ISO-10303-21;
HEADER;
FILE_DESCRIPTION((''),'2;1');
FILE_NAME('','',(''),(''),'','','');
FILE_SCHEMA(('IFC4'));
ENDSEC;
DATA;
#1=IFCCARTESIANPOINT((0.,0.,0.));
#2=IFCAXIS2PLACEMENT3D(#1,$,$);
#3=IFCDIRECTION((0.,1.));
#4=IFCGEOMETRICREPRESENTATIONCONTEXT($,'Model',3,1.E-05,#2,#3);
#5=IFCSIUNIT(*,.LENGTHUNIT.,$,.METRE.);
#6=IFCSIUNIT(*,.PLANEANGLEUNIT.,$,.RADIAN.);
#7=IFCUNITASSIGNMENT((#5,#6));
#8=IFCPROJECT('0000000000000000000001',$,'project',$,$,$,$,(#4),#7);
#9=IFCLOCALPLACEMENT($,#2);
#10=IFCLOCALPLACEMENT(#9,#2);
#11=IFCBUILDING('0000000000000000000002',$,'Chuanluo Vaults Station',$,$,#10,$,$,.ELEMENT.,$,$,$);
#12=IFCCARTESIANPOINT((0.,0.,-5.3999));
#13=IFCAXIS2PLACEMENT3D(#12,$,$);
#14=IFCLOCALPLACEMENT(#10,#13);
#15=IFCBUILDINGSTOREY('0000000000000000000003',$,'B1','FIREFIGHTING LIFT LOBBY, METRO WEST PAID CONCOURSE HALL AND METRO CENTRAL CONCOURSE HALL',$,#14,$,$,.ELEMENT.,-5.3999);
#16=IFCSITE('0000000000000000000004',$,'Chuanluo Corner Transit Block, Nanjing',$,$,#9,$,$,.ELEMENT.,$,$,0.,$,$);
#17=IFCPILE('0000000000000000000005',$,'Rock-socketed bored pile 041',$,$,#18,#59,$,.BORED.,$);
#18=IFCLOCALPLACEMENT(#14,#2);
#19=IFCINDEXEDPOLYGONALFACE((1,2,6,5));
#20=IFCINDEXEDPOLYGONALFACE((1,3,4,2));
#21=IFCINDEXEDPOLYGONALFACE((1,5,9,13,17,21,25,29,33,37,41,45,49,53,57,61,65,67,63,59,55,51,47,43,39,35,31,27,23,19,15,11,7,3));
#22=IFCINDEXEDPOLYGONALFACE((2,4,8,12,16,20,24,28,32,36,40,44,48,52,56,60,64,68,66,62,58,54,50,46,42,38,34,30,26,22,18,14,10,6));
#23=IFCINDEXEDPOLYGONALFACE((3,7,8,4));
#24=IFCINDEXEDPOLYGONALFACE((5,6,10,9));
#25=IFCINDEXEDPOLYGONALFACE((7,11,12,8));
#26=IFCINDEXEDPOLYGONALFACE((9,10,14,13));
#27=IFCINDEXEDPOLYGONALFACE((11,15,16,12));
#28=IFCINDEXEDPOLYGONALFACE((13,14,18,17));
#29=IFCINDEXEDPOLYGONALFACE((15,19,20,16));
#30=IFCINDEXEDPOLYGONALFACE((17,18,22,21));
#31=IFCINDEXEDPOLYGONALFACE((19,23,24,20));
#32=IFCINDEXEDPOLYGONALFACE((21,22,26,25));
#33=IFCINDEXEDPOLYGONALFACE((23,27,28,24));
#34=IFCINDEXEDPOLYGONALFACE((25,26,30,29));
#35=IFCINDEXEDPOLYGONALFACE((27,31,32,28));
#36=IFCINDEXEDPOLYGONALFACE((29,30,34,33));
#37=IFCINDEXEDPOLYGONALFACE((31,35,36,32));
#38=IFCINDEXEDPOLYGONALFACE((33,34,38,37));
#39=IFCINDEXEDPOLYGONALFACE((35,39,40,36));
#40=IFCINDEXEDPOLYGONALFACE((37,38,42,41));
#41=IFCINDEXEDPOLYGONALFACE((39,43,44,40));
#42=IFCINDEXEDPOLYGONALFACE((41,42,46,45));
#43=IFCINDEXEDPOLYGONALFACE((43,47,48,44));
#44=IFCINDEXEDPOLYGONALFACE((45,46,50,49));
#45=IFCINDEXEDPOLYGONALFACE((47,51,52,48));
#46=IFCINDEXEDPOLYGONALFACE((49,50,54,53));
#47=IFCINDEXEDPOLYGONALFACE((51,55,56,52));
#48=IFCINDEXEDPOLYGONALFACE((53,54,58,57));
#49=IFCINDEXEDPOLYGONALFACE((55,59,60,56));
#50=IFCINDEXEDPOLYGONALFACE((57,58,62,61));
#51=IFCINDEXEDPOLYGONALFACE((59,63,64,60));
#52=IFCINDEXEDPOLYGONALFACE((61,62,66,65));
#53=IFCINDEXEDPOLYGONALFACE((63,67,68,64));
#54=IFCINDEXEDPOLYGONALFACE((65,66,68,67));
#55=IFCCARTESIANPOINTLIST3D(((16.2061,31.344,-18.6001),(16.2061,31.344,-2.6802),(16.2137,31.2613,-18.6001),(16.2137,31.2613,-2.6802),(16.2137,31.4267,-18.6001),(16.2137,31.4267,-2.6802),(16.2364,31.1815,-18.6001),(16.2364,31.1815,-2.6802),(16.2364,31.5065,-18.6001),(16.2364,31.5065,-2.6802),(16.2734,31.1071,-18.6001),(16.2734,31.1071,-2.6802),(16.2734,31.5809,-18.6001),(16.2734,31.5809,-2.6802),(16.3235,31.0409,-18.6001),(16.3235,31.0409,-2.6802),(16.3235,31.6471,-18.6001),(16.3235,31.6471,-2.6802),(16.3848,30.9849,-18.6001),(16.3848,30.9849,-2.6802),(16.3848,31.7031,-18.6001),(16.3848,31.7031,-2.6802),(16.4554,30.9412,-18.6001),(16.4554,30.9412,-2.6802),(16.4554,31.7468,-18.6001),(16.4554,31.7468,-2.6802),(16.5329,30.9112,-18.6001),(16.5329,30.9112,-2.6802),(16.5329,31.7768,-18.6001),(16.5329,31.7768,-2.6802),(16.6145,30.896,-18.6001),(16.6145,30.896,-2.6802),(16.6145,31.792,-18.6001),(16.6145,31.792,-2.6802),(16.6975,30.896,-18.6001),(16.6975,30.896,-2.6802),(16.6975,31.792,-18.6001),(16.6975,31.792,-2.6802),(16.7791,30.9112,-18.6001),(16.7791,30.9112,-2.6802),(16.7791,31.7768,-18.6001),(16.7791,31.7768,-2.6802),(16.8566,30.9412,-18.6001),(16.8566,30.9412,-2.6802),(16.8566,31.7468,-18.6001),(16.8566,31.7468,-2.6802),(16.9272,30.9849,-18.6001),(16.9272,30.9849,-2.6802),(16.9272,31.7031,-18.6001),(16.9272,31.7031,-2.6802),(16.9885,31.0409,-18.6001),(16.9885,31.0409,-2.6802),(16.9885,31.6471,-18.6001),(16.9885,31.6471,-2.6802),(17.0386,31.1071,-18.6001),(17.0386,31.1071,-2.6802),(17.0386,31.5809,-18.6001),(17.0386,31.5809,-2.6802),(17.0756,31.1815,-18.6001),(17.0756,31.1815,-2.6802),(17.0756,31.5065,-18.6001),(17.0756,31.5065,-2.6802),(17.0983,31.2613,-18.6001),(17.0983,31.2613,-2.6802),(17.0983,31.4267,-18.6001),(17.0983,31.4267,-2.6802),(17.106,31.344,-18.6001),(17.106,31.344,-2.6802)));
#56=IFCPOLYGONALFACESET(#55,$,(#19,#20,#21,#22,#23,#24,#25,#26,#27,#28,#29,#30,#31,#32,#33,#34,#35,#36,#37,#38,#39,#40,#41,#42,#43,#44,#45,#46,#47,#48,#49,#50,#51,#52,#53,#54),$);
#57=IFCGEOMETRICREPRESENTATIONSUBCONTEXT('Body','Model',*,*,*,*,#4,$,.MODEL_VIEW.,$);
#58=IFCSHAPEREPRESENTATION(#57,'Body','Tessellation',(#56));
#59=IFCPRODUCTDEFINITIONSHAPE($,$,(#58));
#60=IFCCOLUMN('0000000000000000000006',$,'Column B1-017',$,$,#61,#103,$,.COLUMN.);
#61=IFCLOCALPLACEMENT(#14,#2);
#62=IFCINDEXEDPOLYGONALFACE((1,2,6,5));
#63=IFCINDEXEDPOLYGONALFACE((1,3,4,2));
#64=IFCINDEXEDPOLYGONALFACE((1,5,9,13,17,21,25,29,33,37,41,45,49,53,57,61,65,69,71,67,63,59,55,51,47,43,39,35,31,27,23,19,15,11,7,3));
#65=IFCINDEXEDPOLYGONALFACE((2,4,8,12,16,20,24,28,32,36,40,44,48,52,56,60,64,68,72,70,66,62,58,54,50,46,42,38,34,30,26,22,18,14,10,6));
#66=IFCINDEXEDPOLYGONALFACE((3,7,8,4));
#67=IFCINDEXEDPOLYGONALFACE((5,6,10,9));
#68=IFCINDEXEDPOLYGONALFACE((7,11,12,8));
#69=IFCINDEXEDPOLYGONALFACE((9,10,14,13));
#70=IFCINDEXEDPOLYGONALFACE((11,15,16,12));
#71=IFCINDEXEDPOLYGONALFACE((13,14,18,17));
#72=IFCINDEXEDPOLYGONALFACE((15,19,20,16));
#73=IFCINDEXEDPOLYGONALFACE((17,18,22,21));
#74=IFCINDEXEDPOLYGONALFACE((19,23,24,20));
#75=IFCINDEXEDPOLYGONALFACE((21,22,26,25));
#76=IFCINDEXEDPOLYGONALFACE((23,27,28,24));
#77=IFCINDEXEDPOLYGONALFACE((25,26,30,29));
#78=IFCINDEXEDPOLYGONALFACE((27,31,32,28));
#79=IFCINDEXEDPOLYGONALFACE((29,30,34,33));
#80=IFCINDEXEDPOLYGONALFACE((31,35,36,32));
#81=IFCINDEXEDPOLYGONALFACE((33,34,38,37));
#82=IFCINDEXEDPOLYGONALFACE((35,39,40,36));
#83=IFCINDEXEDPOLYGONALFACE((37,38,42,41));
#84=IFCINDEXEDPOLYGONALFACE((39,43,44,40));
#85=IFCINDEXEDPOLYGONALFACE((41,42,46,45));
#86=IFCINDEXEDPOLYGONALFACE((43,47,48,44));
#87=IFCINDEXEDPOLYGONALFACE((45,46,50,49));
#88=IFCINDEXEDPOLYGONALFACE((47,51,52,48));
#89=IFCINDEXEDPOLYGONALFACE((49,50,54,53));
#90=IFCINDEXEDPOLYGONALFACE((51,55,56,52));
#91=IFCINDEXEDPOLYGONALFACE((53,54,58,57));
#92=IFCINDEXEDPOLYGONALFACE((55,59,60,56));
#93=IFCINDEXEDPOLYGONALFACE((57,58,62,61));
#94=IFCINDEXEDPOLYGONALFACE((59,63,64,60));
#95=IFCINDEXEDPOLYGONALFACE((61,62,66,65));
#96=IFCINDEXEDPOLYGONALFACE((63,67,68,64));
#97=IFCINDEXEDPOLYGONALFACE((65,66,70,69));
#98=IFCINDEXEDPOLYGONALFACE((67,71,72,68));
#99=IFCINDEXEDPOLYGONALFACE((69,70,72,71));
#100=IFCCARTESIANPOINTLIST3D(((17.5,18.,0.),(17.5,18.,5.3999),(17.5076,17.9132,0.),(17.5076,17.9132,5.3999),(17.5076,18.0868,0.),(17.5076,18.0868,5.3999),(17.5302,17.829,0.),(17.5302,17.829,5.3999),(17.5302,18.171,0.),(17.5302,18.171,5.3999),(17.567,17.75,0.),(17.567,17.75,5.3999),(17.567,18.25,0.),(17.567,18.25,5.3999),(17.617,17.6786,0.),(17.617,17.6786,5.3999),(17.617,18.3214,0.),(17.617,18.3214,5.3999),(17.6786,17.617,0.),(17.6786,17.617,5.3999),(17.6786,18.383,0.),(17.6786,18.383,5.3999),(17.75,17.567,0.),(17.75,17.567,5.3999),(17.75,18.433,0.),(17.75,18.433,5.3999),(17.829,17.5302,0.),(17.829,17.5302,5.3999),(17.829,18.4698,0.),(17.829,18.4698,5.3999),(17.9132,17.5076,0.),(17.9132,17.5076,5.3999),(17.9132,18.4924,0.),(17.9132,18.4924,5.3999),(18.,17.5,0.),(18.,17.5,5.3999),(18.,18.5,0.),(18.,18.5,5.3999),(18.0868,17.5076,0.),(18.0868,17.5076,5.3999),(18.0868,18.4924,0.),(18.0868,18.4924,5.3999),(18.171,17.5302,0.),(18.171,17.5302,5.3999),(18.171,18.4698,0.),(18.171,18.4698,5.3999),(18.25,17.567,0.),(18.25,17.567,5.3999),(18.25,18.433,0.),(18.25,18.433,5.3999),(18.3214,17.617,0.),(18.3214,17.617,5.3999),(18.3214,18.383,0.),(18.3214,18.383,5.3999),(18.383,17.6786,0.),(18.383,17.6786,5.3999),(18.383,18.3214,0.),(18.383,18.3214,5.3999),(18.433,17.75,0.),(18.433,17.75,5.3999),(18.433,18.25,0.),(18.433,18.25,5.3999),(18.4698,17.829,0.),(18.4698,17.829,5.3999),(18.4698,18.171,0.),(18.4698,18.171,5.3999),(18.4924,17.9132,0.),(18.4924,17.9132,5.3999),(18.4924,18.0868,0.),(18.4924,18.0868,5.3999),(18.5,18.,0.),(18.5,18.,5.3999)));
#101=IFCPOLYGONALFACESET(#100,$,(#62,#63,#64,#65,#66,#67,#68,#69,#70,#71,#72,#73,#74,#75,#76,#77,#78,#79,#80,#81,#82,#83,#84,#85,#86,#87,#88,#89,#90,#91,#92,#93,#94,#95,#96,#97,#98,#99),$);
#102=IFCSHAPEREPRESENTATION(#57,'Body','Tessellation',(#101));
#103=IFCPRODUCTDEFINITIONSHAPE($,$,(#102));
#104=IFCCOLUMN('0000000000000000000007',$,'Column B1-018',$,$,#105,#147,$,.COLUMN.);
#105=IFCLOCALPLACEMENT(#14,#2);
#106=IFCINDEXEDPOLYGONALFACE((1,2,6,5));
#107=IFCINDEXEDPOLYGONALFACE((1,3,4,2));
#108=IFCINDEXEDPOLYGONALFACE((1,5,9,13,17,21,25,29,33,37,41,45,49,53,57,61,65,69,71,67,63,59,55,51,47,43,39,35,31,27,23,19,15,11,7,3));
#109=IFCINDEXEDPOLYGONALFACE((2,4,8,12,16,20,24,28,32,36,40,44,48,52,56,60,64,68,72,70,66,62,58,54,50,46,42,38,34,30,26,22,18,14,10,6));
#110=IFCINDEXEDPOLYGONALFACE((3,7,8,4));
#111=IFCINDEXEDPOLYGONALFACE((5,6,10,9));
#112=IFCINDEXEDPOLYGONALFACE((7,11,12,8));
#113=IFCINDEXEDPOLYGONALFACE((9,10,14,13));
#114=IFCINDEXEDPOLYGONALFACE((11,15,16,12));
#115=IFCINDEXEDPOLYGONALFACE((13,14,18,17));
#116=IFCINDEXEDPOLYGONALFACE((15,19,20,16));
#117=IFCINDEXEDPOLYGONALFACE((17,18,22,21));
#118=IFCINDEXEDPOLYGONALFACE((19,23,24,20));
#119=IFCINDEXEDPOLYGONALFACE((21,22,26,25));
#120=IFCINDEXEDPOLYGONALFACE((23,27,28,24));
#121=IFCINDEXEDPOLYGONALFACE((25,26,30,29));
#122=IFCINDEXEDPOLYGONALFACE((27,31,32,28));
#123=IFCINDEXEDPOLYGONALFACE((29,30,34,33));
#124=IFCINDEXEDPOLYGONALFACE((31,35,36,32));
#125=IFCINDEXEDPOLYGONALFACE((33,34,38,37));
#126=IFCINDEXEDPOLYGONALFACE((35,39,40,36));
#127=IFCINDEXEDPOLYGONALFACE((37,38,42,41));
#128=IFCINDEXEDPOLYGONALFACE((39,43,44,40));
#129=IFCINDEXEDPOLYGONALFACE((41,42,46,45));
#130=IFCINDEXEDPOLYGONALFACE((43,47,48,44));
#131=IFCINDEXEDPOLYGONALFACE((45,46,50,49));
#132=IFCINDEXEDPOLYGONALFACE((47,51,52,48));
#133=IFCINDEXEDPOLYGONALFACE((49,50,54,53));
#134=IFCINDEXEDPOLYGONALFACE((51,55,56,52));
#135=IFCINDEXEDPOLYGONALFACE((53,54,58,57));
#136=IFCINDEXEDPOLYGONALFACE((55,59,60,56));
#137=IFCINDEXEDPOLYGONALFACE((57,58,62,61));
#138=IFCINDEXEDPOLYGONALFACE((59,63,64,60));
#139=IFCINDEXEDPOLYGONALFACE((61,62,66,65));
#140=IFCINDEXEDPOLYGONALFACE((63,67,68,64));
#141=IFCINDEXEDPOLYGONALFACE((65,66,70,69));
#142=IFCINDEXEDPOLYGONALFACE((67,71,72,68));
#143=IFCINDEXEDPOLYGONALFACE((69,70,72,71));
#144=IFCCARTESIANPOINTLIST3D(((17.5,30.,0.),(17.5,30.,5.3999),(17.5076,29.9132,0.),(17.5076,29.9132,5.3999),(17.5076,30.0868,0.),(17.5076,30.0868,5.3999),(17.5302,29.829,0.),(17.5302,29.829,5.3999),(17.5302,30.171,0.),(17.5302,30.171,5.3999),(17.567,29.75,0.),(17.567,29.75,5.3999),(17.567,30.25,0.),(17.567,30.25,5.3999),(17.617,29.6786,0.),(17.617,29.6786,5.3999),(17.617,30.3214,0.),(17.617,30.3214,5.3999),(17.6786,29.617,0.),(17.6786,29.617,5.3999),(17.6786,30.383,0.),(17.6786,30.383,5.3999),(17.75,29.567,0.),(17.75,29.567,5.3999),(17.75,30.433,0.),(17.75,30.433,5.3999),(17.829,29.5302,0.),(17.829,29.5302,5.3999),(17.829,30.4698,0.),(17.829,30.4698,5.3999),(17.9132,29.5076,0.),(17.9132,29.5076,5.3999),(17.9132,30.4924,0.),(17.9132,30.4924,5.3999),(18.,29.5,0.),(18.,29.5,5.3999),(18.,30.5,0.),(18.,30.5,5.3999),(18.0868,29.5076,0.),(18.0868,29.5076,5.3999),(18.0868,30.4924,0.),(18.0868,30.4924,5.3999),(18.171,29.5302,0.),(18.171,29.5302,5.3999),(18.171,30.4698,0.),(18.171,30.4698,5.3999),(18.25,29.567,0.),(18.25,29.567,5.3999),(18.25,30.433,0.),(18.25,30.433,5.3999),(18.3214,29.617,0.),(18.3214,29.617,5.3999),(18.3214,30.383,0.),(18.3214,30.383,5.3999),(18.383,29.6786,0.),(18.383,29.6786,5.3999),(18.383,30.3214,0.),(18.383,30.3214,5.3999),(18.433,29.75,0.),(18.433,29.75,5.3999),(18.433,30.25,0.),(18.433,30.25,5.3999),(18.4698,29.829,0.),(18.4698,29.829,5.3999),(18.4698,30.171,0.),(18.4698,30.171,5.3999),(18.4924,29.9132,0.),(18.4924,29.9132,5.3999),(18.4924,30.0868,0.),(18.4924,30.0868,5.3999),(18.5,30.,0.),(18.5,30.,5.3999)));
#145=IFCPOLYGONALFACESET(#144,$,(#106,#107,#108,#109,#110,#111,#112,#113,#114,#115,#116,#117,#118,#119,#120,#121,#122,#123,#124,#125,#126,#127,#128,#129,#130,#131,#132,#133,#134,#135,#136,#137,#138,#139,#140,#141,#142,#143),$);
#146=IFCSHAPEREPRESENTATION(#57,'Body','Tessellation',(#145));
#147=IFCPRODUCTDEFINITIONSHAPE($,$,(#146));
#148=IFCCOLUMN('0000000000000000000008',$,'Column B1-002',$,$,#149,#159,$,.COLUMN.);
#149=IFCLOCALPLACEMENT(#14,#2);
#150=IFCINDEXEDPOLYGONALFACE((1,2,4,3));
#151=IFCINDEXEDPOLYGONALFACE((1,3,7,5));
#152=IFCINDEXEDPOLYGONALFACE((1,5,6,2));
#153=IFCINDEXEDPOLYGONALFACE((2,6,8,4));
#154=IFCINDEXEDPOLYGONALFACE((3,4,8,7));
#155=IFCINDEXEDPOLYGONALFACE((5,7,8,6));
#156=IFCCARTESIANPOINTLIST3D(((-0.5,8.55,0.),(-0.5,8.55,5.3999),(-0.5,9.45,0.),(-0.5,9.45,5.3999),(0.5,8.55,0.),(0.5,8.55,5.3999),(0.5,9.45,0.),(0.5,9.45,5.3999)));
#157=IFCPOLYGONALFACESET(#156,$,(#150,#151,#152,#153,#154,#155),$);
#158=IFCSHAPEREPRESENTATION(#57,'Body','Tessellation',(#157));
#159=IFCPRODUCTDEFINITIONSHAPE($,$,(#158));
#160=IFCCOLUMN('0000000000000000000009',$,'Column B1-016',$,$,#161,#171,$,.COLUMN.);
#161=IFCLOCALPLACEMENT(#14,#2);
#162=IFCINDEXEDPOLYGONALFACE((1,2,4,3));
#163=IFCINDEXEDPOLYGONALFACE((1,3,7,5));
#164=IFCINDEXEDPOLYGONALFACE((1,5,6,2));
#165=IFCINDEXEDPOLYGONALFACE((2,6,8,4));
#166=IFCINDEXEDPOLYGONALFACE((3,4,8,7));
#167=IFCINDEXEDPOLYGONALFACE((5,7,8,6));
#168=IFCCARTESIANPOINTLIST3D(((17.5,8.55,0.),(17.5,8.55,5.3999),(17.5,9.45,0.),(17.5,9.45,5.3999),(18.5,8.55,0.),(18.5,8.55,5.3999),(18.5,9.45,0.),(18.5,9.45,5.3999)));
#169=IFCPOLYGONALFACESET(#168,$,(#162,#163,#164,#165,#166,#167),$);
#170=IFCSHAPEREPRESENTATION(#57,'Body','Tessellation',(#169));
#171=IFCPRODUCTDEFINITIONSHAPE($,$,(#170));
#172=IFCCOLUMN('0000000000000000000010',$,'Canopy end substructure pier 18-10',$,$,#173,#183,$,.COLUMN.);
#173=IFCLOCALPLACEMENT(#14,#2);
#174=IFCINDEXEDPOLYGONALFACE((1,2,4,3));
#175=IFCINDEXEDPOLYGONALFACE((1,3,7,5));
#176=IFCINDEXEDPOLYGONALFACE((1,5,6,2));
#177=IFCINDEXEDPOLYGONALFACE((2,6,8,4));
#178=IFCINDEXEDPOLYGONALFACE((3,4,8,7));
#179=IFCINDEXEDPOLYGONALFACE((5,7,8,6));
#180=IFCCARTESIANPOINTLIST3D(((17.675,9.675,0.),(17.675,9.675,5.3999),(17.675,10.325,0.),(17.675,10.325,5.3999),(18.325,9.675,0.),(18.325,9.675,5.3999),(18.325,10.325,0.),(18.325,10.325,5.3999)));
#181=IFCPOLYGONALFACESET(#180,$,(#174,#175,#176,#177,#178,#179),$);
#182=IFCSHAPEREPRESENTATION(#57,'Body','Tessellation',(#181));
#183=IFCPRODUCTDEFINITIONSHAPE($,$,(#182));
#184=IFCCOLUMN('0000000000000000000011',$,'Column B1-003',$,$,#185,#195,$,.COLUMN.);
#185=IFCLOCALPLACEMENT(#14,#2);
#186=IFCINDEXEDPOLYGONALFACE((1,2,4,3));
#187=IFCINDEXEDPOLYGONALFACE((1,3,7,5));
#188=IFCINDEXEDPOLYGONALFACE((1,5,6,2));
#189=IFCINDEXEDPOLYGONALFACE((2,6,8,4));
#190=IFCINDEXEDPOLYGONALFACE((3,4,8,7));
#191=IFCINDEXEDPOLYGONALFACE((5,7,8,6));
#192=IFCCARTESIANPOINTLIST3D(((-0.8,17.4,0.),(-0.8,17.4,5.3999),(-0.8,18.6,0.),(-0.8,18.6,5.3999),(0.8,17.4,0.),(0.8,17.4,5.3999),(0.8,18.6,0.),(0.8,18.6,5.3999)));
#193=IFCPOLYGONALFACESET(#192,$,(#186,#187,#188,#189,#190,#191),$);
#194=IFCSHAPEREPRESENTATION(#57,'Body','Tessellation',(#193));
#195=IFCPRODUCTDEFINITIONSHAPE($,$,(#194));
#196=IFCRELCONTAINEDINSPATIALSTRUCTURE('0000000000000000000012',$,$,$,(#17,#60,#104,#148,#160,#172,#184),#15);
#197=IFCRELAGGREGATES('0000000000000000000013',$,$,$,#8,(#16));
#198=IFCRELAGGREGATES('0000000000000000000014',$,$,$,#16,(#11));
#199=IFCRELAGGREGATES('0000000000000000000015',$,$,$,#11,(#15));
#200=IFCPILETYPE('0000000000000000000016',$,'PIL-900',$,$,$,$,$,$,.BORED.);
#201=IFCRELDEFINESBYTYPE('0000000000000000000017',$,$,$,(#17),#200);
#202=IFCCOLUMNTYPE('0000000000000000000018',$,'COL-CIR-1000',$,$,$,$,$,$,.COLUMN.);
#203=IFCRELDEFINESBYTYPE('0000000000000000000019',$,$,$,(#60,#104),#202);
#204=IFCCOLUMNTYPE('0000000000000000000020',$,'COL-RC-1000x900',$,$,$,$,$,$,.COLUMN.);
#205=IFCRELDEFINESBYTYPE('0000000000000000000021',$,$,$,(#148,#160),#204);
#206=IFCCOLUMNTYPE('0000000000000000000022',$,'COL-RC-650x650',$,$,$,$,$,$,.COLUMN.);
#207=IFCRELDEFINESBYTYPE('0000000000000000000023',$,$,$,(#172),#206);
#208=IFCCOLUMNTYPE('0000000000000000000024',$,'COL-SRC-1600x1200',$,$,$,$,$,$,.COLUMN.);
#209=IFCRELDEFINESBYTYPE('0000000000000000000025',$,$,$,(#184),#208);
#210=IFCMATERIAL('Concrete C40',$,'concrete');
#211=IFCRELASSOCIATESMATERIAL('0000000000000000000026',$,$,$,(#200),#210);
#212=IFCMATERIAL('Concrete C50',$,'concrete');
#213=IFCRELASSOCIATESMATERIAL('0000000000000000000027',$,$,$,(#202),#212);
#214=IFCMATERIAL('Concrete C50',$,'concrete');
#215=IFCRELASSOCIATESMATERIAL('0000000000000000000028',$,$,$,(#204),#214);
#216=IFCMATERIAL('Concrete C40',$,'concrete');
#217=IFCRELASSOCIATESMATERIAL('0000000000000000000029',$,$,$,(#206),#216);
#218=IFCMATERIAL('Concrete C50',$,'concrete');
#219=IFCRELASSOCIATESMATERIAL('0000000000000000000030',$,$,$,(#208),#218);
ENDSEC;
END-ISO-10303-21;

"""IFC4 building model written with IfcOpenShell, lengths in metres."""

from ifc_helpers import new_model, si_unit, direction, frame, origin, origin_2d, place, context, subcontext, project, spatial, rectangle, circle, extrude, material, material_profile, profile_set, type_object, element, save


model = new_model("IFC4")

# Units and contexts
model_context = context("Model", 3, precision=1e-05, world=origin(), true_north=direction((0.0, 1.0)))
body_context = subcontext(model_context, "Body", "Model", "MODEL_VIEW")
ifc_project = project(units=[si_unit("LENGTHUNIT", "METRE"), si_unit("PLANEANGLEUNIT", "RADIAN")], contexts=[model_context])

# Site, building, storey
site_placement = place(None, origin())
site = spatial("IfcSite", under=ifc_project, at=site_placement, Name="Chuanluo Corner Transit Block, Nanjing", CompositionType="ELEMENT", RefElevation=0.0)
building_placement = place(site_placement, origin())
building = spatial("IfcBuilding", under=site, at=building_placement, Name="Chuanluo Vaults Station", CompositionType="ELEMENT")
storey_placement = place(building_placement, frame((0.0, 0.0, -5.3999)))
storey = spatial("IfcBuildingStorey", under=building, at=storey_placement, Name="B1", Description="FIREFIGHTING LIFT LOBBY, METRO WEST PAID CONCOURSE HALL AND METRO CENTRAL CONCOURSE HALL", CompositionType="ELEMENT", Elevation=-5.3999)

# Pile
ifc_material_1 = material(Name="Concrete C40", Category="concrete")
ifc_material_profile_1 = material_profile(ifc_material_1, circle(Radius=0.45, at=origin_2d()))
ifc_profile_set_1 = profile_set([ifc_material_profile_1], Name="Concrete C40")
pile_type_1 = type_object("IfcPileType", Name="PIL-900", PredefinedType="BORED", material=ifc_profile_set_1)
for number, where, z_axis, x_axis, name in (
    (1, (16.656, 31.344, -2.6802), (0.0, 0.0, -1.0), (1.0, 0.0, 0.0), "Rock-socketed bored pile 041"),
):
    element("IfcPile", number, at=place(storey_placement, frame(where, z_axis=z_axis, x_axis=x_axis)), inside=storey, type_object=pile_type_1, Name=name, PredefinedType="BORED", context=body_context, shape_type="SweptSolid", body=[
        extrude(circle(Radius=0.45, at=origin_2d()), origin(), (0.0, 0.0, 1.0), 15.9199),
    ])

# Columns
ifc_material_2 = material(Name="Concrete C50", Category="concrete")
ifc_material_profile_2 = material_profile(ifc_material_2, circle(Radius=0.5, at=origin_2d()))
ifc_profile_set_2 = profile_set([ifc_material_profile_2], Name="Concrete C50")
column_type_1 = type_object("IfcColumnType", Name="COL-CIR-1000", PredefinedType="COLUMN", material=ifc_profile_set_2)
for number, where, z_axis, x_axis, name in (
    (2, (18.0, 18.0, 0.0), (0.0, 0.0, 1.0), (1.0, 0.0, 0.0), "Column B1-017"),
    (3, (18.0, 30.0, 0.0), (0.0, 0.0, 1.0), (1.0, 0.0, 0.0), "Column B1-018"),
):
    element("IfcColumn", number, at=place(storey_placement, frame(where, z_axis=z_axis, x_axis=x_axis)), inside=storey, type_object=column_type_1, Name=name, PredefinedType="COLUMN", context=body_context, shape_type="SweptSolid", body=[
        extrude(circle(Radius=0.5, at=origin_2d()), origin(), (0.0, 0.0, 1.0), 5.3999),
    ])
ifc_material_3 = material(Name="Concrete C50", Category="concrete")
ifc_material_profile_3 = material_profile(ifc_material_3, rectangle(XDim=1.0, YDim=0.8999, at=origin_2d()))
ifc_profile_set_3 = profile_set([ifc_material_profile_3], Name="Concrete C50")
column_type_2 = type_object("IfcColumnType", Name="COL-RC-1000x900", PredefinedType="COLUMN", material=ifc_profile_set_3)
for number, where, z_axis, x_axis, name in (
    (4, (0.0, 9.0, 0.0), (0.0, 0.0, 1.0), (1.0, 0.0, 0.0), "Column B1-002"),
    (5, (18.0, 9.0, 0.0), (0.0, 0.0, 1.0), (1.0, 0.0, 0.0), "Column B1-016"),
):
    element("IfcColumn", number, at=place(storey_placement, frame(where, z_axis=z_axis, x_axis=x_axis)), inside=storey, type_object=column_type_2, Name=name, PredefinedType="COLUMN", context=body_context, shape_type="SweptSolid", body=[
        extrude(rectangle(XDim=1.0, YDim=0.8999, at=origin_2d()), origin(), (0.0, 0.0, 1.0), 5.3999),
    ])
ifc_material_4 = material(Name="Concrete C40", Category="concrete")
ifc_material_profile_4 = material_profile(ifc_material_4, rectangle(XDim=0.6499, YDim=0.6499, at=origin_2d()))
ifc_profile_set_4 = profile_set([ifc_material_profile_4], Name="Concrete C40")
column_type_3 = type_object("IfcColumnType", Name="COL-RC-650x650", PredefinedType="COLUMN", material=ifc_profile_set_4)
column_placement = place(storey_placement, frame((18.0, 10.0, 0.0), z_axis=(0.0, 0.0, 1.0), x_axis=(1.0, 0.0, 0.0)))
element("IfcColumn", 6, at=column_placement, inside=storey, type_object=column_type_3, Name="Canopy end substructure pier 18-10", PredefinedType="COLUMN", context=body_context, shape_type="SweptSolid", body=[
    extrude(rectangle(XDim=0.6499, YDim=0.6499, at=origin_2d()), origin(), (0.0, 0.0, 1.0), 5.3999),
])
ifc_material_5 = material(Name="Concrete C50", Category="concrete")
ifc_material_profile_5 = material_profile(ifc_material_5, rectangle(XDim=1.6001, YDim=1.2, at=origin_2d()))
ifc_profile_set_5 = profile_set([ifc_material_profile_5], Name="Concrete C50")
column_type_4 = type_object("IfcColumnType", Name="COL-SRC-1600x1200", PredefinedType="COLUMN", material=ifc_profile_set_5)
for number, where, z_axis, x_axis, name in (
    (7, (0.0, 18.0, 0.0), (0.0, 0.0, 1.0), (1.0, 0.0, 0.0), "Column B1-003"),
):
    element("IfcColumn", number, at=place(storey_placement, frame(where, z_axis=z_axis, x_axis=x_axis)), inside=storey, type_object=column_type_4, Name=name, PredefinedType="COLUMN", context=body_context, shape_type="SweptSolid", body=[
        extrude(rectangle(XDim=1.6001, YDim=1.2, at=origin_2d()), origin(), (0.0, 0.0, 1.0), 5.3999),
    ])

save(model, "model.ifc")
